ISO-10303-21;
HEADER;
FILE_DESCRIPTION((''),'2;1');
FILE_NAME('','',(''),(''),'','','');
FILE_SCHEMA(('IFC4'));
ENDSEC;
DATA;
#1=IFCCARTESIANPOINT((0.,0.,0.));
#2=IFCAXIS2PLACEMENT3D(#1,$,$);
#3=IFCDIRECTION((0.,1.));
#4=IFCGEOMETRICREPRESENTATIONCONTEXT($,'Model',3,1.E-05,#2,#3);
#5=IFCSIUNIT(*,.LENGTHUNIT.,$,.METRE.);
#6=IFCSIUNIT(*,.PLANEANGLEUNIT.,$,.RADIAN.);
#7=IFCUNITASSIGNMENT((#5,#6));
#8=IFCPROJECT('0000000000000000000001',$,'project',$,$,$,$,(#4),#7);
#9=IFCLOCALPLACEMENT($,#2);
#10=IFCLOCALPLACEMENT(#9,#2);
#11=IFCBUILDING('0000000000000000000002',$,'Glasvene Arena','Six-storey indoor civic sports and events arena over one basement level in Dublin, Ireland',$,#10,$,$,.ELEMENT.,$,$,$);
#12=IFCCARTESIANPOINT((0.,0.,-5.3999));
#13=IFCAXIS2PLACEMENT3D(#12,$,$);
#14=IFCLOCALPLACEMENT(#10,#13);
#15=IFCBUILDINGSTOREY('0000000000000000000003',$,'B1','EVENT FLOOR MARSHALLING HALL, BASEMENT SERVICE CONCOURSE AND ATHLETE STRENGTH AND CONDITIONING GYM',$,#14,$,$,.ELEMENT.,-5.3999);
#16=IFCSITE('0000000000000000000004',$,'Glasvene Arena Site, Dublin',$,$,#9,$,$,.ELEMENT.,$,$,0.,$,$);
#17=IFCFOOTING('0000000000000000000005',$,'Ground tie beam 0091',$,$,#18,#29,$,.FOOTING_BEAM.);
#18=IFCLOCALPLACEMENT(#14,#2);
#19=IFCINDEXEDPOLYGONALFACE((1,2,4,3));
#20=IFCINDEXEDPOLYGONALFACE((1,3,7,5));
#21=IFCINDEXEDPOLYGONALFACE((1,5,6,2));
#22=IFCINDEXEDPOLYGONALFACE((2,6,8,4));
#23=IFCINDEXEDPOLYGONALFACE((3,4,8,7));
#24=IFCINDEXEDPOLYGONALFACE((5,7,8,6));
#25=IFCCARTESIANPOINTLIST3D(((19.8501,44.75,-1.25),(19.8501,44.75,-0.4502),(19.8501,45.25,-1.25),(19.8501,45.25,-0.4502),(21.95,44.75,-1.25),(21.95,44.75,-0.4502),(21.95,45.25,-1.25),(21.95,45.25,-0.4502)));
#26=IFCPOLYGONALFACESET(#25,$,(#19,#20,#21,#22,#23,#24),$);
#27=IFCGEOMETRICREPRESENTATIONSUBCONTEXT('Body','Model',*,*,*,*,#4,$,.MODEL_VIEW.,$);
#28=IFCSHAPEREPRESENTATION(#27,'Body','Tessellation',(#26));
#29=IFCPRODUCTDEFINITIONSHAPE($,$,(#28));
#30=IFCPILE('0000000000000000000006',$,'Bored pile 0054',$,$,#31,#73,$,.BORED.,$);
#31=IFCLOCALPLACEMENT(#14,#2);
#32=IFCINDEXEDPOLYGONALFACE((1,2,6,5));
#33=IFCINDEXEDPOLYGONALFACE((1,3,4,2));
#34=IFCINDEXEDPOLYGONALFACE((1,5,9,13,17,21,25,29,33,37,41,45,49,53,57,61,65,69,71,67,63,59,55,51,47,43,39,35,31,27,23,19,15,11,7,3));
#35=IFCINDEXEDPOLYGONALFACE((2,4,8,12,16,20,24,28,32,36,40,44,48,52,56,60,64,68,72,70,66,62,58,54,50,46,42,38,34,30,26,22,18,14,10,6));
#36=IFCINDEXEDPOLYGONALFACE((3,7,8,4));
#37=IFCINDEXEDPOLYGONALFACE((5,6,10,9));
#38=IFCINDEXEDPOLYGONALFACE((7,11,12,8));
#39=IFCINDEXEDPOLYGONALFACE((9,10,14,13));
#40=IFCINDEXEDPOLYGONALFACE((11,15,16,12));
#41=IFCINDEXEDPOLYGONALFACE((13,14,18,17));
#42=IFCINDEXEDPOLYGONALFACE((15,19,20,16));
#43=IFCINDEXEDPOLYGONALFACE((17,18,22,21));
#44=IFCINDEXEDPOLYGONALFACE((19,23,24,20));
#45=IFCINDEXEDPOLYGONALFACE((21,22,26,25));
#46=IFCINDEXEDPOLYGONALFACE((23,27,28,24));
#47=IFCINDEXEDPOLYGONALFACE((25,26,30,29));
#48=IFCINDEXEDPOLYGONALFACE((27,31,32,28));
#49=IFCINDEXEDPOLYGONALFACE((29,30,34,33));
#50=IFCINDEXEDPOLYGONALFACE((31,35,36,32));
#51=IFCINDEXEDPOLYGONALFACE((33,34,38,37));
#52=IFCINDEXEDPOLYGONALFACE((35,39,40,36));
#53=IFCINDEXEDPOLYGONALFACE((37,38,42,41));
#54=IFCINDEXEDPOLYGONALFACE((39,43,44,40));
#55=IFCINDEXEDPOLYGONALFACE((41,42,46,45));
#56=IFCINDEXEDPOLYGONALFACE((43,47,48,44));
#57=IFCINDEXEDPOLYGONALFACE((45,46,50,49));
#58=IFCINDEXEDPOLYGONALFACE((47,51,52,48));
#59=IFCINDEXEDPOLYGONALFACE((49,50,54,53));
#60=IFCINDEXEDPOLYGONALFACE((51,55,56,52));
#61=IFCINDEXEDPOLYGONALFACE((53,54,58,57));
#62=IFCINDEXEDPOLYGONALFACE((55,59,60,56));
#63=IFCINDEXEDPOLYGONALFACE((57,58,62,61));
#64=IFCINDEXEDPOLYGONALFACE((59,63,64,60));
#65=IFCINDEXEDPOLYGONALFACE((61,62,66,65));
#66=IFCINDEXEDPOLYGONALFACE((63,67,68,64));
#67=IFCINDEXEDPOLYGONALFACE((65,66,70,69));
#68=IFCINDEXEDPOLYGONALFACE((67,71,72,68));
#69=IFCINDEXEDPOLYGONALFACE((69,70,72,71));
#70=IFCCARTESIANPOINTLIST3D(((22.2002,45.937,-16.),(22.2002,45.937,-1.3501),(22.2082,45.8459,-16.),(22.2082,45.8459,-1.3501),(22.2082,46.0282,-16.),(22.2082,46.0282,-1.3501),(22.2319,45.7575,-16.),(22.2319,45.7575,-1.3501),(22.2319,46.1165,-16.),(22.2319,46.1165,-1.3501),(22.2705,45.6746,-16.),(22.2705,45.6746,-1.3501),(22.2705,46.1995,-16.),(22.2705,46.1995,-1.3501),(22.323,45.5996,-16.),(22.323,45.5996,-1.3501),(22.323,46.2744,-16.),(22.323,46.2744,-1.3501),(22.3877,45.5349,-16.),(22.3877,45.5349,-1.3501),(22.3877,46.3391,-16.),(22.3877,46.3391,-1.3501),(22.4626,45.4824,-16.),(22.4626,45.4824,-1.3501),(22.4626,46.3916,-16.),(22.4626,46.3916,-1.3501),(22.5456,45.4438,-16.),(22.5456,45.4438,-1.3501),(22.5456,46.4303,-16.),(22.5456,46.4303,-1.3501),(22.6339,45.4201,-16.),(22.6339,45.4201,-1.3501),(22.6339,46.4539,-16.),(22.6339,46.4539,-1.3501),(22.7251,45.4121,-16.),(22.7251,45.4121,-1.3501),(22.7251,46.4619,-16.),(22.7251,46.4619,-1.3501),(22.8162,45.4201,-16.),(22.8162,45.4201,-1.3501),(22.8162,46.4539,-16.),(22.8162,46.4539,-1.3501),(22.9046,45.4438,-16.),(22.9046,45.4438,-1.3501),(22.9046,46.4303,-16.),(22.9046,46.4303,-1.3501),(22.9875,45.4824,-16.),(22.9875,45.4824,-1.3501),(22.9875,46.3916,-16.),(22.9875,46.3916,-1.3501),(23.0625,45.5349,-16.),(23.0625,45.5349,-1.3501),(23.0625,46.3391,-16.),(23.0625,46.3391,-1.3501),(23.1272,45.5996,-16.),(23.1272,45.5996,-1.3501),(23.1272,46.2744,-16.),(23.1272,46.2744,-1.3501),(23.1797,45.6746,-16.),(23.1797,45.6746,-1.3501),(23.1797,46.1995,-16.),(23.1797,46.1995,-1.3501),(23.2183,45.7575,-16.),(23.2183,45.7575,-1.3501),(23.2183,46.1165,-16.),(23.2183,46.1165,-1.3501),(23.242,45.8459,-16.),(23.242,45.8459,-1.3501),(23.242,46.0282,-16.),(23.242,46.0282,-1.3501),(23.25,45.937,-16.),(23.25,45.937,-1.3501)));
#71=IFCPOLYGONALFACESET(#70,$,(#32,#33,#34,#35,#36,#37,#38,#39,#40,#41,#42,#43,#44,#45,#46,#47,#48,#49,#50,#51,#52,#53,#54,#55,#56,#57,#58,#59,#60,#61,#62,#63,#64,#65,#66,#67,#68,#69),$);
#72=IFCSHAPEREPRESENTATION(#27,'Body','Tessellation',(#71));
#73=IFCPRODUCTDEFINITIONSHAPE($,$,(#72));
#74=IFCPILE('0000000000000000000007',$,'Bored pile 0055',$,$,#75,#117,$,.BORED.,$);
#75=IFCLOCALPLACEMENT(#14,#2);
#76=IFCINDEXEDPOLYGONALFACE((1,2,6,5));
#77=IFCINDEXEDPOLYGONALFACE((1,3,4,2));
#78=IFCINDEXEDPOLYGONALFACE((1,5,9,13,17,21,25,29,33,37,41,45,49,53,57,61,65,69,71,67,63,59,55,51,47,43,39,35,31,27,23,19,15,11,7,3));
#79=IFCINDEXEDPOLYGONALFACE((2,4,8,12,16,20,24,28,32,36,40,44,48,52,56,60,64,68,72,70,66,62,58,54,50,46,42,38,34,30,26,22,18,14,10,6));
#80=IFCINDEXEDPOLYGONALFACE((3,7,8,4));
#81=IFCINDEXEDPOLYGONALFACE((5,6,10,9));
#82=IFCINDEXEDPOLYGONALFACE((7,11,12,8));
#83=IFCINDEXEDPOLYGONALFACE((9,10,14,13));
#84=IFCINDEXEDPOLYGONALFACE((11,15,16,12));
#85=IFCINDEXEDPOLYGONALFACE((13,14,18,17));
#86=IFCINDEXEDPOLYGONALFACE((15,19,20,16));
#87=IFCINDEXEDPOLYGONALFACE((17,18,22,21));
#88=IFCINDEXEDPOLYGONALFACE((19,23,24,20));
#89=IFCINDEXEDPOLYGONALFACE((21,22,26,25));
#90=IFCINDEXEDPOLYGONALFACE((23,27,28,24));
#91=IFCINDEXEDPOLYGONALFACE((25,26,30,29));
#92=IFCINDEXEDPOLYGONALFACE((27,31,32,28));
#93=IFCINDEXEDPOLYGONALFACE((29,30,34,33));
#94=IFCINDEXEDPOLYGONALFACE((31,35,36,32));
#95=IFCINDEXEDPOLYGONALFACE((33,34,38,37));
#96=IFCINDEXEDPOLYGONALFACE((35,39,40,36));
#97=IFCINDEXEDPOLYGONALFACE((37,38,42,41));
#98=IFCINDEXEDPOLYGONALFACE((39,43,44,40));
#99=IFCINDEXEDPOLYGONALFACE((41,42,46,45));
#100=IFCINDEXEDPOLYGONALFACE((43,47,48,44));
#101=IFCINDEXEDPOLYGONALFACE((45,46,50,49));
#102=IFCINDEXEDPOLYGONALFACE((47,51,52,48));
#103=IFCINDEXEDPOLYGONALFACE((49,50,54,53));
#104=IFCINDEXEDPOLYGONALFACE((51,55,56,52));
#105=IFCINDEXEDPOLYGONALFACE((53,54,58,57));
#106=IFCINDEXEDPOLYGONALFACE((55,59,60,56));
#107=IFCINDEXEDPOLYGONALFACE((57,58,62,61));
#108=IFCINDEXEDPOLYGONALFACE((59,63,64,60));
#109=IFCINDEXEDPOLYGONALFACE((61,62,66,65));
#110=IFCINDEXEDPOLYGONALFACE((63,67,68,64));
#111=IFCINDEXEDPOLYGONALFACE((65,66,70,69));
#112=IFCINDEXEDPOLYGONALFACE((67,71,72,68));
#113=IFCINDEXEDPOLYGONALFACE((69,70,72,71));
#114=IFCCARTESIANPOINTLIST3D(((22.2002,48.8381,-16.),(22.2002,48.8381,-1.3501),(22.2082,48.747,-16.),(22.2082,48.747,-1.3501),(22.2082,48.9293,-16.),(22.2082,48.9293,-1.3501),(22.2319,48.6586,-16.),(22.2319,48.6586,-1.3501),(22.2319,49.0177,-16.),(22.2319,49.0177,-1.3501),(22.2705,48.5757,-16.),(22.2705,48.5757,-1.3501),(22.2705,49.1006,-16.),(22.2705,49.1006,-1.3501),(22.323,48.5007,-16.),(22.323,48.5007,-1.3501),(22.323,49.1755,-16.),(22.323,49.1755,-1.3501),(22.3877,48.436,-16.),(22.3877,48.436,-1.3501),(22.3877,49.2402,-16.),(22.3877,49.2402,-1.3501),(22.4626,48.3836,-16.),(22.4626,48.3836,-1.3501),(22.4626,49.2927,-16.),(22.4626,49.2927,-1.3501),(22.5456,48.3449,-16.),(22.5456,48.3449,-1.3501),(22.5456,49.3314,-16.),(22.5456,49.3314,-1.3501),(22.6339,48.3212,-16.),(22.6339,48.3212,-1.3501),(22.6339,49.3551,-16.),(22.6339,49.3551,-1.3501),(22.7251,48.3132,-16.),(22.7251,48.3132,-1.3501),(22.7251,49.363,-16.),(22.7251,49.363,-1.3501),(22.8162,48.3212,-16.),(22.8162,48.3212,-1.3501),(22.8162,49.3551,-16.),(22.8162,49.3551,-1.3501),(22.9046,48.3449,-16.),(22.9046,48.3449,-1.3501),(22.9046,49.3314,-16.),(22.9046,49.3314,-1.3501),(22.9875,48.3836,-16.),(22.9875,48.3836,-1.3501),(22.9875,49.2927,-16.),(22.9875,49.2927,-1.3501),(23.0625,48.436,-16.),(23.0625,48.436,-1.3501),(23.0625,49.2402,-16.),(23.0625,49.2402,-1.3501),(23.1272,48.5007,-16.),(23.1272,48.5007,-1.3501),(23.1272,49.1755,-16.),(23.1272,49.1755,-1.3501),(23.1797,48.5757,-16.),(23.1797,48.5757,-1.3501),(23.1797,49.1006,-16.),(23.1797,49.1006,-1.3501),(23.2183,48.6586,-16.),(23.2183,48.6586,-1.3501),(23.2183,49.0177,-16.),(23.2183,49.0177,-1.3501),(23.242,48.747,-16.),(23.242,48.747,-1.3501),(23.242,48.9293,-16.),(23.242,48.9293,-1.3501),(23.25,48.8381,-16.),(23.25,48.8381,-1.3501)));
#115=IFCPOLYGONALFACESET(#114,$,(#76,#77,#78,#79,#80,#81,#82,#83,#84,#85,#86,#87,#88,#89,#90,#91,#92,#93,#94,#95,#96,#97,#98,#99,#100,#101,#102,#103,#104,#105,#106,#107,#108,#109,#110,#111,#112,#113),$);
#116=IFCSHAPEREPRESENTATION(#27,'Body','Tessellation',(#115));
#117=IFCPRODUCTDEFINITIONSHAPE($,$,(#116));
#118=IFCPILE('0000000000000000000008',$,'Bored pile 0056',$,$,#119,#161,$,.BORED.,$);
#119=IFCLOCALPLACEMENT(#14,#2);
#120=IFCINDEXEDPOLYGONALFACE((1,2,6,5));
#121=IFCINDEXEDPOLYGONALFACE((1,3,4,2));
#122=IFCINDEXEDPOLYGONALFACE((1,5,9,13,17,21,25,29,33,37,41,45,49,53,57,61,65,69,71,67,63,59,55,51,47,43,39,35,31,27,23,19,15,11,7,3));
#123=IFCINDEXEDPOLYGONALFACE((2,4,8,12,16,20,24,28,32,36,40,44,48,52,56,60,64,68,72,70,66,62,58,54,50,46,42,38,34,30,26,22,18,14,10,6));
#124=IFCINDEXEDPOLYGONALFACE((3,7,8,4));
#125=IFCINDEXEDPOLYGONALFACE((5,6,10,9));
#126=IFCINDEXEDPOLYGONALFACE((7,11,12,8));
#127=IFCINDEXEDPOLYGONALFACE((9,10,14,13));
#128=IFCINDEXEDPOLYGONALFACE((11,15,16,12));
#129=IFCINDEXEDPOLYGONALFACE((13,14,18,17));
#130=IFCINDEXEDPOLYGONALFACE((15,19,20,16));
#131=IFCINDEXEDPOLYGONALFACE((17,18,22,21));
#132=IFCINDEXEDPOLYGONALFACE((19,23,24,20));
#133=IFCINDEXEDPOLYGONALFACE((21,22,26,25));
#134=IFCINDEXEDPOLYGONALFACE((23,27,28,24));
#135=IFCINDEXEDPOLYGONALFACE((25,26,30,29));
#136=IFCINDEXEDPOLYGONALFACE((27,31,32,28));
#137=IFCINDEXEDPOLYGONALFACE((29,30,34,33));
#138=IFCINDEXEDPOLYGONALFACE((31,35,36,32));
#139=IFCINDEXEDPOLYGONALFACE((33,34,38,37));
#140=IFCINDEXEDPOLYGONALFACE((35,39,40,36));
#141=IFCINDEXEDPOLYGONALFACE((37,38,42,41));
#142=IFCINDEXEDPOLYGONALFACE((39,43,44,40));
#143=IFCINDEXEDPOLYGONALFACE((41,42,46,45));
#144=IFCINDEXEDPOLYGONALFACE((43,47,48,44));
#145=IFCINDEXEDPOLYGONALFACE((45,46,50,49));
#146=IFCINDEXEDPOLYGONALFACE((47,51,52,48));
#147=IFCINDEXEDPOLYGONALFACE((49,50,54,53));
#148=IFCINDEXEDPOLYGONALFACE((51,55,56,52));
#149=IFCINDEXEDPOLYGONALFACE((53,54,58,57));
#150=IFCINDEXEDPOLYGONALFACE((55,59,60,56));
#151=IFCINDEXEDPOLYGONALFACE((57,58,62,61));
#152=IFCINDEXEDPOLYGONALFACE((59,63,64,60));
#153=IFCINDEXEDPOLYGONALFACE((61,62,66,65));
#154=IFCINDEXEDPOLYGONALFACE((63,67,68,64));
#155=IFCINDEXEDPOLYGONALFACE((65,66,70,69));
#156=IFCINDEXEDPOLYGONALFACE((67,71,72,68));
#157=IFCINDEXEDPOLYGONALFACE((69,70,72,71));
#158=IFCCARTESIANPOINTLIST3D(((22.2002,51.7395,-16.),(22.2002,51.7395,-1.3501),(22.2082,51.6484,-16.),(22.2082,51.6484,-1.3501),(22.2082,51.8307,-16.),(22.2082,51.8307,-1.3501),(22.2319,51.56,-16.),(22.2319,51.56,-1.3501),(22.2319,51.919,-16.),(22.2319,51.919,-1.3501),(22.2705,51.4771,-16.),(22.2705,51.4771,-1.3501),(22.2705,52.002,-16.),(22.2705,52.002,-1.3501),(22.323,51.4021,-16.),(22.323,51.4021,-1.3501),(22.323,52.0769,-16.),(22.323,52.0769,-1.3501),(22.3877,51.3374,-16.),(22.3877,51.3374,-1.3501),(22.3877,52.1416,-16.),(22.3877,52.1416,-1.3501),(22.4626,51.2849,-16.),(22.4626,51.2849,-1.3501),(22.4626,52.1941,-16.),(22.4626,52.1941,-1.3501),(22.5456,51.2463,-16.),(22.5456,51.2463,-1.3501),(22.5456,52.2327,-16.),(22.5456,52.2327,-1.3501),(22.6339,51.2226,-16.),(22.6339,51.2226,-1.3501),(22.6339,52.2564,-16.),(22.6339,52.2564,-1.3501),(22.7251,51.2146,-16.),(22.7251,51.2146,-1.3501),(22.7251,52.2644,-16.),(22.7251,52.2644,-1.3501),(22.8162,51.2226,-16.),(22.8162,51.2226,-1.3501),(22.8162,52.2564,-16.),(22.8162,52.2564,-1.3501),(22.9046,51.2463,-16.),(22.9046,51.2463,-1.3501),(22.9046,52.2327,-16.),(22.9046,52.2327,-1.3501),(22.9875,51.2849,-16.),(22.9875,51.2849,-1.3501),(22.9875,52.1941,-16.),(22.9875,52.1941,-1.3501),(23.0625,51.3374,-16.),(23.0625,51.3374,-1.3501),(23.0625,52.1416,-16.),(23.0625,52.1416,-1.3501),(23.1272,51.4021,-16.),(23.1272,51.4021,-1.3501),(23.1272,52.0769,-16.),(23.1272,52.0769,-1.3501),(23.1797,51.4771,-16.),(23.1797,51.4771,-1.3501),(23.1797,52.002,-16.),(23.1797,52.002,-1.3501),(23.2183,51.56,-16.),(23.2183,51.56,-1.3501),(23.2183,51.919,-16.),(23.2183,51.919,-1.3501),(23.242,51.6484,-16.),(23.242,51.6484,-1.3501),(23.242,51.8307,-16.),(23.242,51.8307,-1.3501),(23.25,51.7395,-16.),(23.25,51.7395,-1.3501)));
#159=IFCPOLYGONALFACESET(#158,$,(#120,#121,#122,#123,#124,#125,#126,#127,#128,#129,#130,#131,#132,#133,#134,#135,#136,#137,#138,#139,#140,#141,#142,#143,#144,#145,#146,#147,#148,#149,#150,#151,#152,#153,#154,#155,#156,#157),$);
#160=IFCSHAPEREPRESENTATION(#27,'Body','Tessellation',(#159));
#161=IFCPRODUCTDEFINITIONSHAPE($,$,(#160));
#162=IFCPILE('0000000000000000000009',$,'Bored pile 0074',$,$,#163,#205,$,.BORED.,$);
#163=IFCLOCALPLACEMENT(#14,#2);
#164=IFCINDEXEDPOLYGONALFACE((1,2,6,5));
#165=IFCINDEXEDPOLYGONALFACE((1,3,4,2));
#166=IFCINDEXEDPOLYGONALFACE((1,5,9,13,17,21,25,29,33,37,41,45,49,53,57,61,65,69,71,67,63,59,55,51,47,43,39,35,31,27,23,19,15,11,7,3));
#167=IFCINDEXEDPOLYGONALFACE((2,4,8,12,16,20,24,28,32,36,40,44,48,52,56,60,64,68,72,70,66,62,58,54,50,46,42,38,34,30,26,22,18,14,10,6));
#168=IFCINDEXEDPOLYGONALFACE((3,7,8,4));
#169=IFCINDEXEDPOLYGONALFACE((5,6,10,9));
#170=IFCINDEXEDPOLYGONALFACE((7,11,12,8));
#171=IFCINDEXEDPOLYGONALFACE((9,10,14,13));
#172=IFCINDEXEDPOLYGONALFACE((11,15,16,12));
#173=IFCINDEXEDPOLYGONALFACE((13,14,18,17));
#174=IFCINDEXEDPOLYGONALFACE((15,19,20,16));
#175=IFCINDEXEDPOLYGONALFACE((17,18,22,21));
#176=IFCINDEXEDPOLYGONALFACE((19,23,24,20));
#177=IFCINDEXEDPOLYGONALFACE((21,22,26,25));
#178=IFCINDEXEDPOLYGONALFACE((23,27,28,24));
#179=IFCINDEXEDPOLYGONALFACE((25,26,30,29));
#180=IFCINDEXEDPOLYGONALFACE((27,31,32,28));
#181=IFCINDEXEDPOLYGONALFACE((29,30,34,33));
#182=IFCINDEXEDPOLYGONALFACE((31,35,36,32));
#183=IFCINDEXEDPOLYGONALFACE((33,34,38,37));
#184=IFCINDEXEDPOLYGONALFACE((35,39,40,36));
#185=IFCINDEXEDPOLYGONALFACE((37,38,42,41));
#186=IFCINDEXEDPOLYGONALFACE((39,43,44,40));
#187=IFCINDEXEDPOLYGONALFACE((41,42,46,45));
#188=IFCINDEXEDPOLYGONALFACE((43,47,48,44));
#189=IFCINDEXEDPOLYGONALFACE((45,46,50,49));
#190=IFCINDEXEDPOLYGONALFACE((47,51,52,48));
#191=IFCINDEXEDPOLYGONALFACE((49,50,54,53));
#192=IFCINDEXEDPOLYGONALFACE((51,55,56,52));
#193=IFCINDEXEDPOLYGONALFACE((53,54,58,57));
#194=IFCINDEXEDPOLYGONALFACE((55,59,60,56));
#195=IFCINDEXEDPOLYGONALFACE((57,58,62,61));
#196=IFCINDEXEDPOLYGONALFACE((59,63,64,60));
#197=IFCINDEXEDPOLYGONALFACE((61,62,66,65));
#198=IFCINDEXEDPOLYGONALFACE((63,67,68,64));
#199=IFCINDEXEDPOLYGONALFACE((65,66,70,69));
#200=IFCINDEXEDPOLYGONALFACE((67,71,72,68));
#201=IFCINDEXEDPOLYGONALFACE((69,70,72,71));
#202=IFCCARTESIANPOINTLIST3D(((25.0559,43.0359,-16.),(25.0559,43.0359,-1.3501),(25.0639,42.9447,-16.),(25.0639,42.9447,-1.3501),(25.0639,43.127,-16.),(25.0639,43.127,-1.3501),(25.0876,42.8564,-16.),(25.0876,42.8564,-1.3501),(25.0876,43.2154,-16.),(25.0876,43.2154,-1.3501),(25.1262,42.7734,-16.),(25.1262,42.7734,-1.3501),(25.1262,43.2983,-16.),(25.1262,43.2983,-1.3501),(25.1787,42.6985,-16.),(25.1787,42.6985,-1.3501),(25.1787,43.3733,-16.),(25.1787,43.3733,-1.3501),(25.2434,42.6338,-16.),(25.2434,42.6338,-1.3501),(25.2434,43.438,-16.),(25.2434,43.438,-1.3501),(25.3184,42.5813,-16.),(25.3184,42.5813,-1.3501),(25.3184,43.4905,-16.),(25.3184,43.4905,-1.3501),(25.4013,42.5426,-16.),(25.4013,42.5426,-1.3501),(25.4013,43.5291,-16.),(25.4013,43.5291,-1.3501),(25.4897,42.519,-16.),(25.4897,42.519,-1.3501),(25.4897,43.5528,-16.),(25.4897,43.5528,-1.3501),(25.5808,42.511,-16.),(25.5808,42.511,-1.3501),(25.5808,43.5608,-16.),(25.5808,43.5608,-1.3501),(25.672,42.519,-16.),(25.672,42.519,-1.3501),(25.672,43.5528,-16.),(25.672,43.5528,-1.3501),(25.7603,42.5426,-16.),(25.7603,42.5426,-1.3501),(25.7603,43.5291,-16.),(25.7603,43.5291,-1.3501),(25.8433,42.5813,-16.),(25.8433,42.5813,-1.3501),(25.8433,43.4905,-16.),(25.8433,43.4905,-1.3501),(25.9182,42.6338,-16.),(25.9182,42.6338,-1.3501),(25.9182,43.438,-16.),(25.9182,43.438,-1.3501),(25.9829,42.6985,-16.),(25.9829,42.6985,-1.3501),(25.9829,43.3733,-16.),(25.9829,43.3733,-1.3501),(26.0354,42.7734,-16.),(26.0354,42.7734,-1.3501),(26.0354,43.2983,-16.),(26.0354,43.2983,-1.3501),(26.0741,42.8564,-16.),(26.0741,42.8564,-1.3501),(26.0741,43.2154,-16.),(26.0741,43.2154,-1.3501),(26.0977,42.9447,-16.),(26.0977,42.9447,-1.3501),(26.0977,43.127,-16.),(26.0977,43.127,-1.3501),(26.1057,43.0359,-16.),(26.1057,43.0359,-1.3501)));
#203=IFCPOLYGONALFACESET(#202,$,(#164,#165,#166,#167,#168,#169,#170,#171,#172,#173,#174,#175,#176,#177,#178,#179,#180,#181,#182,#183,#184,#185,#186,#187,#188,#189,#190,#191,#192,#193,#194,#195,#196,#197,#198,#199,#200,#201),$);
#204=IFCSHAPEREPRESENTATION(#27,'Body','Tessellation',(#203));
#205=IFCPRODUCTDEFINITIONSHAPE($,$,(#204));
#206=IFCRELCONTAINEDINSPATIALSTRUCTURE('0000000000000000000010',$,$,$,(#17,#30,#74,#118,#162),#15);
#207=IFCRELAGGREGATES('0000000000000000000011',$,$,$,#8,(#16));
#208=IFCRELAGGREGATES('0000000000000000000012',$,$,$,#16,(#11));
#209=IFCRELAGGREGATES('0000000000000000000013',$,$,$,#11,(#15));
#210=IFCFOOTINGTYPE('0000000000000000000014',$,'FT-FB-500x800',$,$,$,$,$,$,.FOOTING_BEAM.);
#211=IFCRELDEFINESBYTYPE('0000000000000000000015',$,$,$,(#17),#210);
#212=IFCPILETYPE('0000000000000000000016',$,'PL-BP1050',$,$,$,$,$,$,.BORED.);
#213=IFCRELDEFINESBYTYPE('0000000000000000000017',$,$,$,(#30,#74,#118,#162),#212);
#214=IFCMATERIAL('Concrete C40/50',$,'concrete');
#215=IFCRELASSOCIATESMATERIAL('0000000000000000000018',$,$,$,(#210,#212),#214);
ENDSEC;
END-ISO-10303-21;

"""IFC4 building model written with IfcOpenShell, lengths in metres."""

from ifc_helpers import new_model, si_unit, direction, frame, origin, origin_2d, place, context, subcontext, project, spatial, polyline, circle, outline, extrude, material, material_profile, profile_set, type_object, element, save


model = new_model("IFC4")

# Units and contexts
model_context = context("Model", 3, precision=1e-05, world=origin(), true_north=direction((0.0, 1.0)))
body_context = subcontext(model_context, "Body", "Model", "MODEL_VIEW")
ifc_project = project(units=[si_unit("LENGTHUNIT", "METRE"), si_unit("PLANEANGLEUNIT", "RADIAN")], contexts=[model_context])

# Site, building, storey
site_placement = place(None, origin())
site = spatial("IfcSite", under=ifc_project, at=site_placement, Name="Glasvene Arena Site, Dublin", CompositionType="ELEMENT", RefElevation=0.0)
building_placement = place(site_placement, origin())
building = spatial("IfcBuilding", under=site, at=building_placement, Name="Glasvene Arena", Description="Six-storey indoor civic sports and events arena over one basement level in Dublin, Ireland", CompositionType="ELEMENT")
storey_placement = place(building_placement, frame((0.0, 0.0, -5.3999)))
storey = spatial("IfcBuildingStorey", under=building, at=storey_placement, Name="B1", Description="EVENT FLOOR MARSHALLING HALL, BASEMENT SERVICE CONCOURSE AND ATHLETE STRENGTH AND CONDITIONING GYM", CompositionType="ELEMENT", Elevation=-5.3999)

# Footing
ifc_material_1 = material(Name="Concrete C40/50", Category="concrete")
footing_type = type_object("IfcFootingType", Name="FT-FB-500x800", PredefinedType="FOOTING_BEAM", material=ifc_material_1)
footing_placement = place(storey_placement, frame((20.8999, 45.0, -1.25)))
element("IfcFooting", 1, at=footing_placement, inside=storey, type_object=footing_type, Name="Ground tie beam 0091", PredefinedType="FOOTING_BEAM", context=body_context, shape_type="SweptSolid", body=[
    extrude(outline(polyline([(-1.0498, -0.25), (1.05, -0.25), (1.05, 0.25), (-1.0498, 0.25), (-1.0498, -0.25)])), origin(), (0.0, 0.0, 1.0), 0.7998),
])

# Piles
ifc_material_profile_1 = material_profile(ifc_material_1, circle(Radius=0.5249, at=origin_2d()), Name="BORED PILE 1050")
ifc_profile_set_1 = profile_set([ifc_material_profile_1], Name="Concrete C40/50")
pile_type = type_object("IfcPileType", Name="PL-BP1050", PredefinedType="BORED", material=ifc_profile_set_1)
for number, where, z_axis, x_axis, name in (
    (2, (22.7251, 45.937, -1.3501), (0.0, 0.0, -1.0), (1.0, 0.0, 0.0), "Bored pile 0054"),
    (3, (22.7251, 48.8381, -1.3501), (0.0, 0.0, -1.0), (1.0, 0.0, 0.0), "Bored pile 0055"),
    (4, (22.7251, 51.7395, -1.3501), (0.0, 0.0, -1.0), (1.0, 0.0, 0.0), "Bored pile 0056"),
    (5, (25.5808, 43.0359, -1.3501), (0.0, 0.0, -1.0), (1.0, 0.0, 0.0), "Bored pile 0074"),
):
    element("IfcPile", number, at=place(storey_placement, frame(where, z_axis=z_axis, x_axis=x_axis)), inside=storey, type_object=pile_type, Name=name, PredefinedType="BORED", context=body_context, shape_type="SweptSolid", body=[
        extrude(circle(Radius=0.5249, at=origin_2d()), origin(), (0.0, 0.0, 1.0), 14.6499),
    ])

save(model, "model.ifc")
